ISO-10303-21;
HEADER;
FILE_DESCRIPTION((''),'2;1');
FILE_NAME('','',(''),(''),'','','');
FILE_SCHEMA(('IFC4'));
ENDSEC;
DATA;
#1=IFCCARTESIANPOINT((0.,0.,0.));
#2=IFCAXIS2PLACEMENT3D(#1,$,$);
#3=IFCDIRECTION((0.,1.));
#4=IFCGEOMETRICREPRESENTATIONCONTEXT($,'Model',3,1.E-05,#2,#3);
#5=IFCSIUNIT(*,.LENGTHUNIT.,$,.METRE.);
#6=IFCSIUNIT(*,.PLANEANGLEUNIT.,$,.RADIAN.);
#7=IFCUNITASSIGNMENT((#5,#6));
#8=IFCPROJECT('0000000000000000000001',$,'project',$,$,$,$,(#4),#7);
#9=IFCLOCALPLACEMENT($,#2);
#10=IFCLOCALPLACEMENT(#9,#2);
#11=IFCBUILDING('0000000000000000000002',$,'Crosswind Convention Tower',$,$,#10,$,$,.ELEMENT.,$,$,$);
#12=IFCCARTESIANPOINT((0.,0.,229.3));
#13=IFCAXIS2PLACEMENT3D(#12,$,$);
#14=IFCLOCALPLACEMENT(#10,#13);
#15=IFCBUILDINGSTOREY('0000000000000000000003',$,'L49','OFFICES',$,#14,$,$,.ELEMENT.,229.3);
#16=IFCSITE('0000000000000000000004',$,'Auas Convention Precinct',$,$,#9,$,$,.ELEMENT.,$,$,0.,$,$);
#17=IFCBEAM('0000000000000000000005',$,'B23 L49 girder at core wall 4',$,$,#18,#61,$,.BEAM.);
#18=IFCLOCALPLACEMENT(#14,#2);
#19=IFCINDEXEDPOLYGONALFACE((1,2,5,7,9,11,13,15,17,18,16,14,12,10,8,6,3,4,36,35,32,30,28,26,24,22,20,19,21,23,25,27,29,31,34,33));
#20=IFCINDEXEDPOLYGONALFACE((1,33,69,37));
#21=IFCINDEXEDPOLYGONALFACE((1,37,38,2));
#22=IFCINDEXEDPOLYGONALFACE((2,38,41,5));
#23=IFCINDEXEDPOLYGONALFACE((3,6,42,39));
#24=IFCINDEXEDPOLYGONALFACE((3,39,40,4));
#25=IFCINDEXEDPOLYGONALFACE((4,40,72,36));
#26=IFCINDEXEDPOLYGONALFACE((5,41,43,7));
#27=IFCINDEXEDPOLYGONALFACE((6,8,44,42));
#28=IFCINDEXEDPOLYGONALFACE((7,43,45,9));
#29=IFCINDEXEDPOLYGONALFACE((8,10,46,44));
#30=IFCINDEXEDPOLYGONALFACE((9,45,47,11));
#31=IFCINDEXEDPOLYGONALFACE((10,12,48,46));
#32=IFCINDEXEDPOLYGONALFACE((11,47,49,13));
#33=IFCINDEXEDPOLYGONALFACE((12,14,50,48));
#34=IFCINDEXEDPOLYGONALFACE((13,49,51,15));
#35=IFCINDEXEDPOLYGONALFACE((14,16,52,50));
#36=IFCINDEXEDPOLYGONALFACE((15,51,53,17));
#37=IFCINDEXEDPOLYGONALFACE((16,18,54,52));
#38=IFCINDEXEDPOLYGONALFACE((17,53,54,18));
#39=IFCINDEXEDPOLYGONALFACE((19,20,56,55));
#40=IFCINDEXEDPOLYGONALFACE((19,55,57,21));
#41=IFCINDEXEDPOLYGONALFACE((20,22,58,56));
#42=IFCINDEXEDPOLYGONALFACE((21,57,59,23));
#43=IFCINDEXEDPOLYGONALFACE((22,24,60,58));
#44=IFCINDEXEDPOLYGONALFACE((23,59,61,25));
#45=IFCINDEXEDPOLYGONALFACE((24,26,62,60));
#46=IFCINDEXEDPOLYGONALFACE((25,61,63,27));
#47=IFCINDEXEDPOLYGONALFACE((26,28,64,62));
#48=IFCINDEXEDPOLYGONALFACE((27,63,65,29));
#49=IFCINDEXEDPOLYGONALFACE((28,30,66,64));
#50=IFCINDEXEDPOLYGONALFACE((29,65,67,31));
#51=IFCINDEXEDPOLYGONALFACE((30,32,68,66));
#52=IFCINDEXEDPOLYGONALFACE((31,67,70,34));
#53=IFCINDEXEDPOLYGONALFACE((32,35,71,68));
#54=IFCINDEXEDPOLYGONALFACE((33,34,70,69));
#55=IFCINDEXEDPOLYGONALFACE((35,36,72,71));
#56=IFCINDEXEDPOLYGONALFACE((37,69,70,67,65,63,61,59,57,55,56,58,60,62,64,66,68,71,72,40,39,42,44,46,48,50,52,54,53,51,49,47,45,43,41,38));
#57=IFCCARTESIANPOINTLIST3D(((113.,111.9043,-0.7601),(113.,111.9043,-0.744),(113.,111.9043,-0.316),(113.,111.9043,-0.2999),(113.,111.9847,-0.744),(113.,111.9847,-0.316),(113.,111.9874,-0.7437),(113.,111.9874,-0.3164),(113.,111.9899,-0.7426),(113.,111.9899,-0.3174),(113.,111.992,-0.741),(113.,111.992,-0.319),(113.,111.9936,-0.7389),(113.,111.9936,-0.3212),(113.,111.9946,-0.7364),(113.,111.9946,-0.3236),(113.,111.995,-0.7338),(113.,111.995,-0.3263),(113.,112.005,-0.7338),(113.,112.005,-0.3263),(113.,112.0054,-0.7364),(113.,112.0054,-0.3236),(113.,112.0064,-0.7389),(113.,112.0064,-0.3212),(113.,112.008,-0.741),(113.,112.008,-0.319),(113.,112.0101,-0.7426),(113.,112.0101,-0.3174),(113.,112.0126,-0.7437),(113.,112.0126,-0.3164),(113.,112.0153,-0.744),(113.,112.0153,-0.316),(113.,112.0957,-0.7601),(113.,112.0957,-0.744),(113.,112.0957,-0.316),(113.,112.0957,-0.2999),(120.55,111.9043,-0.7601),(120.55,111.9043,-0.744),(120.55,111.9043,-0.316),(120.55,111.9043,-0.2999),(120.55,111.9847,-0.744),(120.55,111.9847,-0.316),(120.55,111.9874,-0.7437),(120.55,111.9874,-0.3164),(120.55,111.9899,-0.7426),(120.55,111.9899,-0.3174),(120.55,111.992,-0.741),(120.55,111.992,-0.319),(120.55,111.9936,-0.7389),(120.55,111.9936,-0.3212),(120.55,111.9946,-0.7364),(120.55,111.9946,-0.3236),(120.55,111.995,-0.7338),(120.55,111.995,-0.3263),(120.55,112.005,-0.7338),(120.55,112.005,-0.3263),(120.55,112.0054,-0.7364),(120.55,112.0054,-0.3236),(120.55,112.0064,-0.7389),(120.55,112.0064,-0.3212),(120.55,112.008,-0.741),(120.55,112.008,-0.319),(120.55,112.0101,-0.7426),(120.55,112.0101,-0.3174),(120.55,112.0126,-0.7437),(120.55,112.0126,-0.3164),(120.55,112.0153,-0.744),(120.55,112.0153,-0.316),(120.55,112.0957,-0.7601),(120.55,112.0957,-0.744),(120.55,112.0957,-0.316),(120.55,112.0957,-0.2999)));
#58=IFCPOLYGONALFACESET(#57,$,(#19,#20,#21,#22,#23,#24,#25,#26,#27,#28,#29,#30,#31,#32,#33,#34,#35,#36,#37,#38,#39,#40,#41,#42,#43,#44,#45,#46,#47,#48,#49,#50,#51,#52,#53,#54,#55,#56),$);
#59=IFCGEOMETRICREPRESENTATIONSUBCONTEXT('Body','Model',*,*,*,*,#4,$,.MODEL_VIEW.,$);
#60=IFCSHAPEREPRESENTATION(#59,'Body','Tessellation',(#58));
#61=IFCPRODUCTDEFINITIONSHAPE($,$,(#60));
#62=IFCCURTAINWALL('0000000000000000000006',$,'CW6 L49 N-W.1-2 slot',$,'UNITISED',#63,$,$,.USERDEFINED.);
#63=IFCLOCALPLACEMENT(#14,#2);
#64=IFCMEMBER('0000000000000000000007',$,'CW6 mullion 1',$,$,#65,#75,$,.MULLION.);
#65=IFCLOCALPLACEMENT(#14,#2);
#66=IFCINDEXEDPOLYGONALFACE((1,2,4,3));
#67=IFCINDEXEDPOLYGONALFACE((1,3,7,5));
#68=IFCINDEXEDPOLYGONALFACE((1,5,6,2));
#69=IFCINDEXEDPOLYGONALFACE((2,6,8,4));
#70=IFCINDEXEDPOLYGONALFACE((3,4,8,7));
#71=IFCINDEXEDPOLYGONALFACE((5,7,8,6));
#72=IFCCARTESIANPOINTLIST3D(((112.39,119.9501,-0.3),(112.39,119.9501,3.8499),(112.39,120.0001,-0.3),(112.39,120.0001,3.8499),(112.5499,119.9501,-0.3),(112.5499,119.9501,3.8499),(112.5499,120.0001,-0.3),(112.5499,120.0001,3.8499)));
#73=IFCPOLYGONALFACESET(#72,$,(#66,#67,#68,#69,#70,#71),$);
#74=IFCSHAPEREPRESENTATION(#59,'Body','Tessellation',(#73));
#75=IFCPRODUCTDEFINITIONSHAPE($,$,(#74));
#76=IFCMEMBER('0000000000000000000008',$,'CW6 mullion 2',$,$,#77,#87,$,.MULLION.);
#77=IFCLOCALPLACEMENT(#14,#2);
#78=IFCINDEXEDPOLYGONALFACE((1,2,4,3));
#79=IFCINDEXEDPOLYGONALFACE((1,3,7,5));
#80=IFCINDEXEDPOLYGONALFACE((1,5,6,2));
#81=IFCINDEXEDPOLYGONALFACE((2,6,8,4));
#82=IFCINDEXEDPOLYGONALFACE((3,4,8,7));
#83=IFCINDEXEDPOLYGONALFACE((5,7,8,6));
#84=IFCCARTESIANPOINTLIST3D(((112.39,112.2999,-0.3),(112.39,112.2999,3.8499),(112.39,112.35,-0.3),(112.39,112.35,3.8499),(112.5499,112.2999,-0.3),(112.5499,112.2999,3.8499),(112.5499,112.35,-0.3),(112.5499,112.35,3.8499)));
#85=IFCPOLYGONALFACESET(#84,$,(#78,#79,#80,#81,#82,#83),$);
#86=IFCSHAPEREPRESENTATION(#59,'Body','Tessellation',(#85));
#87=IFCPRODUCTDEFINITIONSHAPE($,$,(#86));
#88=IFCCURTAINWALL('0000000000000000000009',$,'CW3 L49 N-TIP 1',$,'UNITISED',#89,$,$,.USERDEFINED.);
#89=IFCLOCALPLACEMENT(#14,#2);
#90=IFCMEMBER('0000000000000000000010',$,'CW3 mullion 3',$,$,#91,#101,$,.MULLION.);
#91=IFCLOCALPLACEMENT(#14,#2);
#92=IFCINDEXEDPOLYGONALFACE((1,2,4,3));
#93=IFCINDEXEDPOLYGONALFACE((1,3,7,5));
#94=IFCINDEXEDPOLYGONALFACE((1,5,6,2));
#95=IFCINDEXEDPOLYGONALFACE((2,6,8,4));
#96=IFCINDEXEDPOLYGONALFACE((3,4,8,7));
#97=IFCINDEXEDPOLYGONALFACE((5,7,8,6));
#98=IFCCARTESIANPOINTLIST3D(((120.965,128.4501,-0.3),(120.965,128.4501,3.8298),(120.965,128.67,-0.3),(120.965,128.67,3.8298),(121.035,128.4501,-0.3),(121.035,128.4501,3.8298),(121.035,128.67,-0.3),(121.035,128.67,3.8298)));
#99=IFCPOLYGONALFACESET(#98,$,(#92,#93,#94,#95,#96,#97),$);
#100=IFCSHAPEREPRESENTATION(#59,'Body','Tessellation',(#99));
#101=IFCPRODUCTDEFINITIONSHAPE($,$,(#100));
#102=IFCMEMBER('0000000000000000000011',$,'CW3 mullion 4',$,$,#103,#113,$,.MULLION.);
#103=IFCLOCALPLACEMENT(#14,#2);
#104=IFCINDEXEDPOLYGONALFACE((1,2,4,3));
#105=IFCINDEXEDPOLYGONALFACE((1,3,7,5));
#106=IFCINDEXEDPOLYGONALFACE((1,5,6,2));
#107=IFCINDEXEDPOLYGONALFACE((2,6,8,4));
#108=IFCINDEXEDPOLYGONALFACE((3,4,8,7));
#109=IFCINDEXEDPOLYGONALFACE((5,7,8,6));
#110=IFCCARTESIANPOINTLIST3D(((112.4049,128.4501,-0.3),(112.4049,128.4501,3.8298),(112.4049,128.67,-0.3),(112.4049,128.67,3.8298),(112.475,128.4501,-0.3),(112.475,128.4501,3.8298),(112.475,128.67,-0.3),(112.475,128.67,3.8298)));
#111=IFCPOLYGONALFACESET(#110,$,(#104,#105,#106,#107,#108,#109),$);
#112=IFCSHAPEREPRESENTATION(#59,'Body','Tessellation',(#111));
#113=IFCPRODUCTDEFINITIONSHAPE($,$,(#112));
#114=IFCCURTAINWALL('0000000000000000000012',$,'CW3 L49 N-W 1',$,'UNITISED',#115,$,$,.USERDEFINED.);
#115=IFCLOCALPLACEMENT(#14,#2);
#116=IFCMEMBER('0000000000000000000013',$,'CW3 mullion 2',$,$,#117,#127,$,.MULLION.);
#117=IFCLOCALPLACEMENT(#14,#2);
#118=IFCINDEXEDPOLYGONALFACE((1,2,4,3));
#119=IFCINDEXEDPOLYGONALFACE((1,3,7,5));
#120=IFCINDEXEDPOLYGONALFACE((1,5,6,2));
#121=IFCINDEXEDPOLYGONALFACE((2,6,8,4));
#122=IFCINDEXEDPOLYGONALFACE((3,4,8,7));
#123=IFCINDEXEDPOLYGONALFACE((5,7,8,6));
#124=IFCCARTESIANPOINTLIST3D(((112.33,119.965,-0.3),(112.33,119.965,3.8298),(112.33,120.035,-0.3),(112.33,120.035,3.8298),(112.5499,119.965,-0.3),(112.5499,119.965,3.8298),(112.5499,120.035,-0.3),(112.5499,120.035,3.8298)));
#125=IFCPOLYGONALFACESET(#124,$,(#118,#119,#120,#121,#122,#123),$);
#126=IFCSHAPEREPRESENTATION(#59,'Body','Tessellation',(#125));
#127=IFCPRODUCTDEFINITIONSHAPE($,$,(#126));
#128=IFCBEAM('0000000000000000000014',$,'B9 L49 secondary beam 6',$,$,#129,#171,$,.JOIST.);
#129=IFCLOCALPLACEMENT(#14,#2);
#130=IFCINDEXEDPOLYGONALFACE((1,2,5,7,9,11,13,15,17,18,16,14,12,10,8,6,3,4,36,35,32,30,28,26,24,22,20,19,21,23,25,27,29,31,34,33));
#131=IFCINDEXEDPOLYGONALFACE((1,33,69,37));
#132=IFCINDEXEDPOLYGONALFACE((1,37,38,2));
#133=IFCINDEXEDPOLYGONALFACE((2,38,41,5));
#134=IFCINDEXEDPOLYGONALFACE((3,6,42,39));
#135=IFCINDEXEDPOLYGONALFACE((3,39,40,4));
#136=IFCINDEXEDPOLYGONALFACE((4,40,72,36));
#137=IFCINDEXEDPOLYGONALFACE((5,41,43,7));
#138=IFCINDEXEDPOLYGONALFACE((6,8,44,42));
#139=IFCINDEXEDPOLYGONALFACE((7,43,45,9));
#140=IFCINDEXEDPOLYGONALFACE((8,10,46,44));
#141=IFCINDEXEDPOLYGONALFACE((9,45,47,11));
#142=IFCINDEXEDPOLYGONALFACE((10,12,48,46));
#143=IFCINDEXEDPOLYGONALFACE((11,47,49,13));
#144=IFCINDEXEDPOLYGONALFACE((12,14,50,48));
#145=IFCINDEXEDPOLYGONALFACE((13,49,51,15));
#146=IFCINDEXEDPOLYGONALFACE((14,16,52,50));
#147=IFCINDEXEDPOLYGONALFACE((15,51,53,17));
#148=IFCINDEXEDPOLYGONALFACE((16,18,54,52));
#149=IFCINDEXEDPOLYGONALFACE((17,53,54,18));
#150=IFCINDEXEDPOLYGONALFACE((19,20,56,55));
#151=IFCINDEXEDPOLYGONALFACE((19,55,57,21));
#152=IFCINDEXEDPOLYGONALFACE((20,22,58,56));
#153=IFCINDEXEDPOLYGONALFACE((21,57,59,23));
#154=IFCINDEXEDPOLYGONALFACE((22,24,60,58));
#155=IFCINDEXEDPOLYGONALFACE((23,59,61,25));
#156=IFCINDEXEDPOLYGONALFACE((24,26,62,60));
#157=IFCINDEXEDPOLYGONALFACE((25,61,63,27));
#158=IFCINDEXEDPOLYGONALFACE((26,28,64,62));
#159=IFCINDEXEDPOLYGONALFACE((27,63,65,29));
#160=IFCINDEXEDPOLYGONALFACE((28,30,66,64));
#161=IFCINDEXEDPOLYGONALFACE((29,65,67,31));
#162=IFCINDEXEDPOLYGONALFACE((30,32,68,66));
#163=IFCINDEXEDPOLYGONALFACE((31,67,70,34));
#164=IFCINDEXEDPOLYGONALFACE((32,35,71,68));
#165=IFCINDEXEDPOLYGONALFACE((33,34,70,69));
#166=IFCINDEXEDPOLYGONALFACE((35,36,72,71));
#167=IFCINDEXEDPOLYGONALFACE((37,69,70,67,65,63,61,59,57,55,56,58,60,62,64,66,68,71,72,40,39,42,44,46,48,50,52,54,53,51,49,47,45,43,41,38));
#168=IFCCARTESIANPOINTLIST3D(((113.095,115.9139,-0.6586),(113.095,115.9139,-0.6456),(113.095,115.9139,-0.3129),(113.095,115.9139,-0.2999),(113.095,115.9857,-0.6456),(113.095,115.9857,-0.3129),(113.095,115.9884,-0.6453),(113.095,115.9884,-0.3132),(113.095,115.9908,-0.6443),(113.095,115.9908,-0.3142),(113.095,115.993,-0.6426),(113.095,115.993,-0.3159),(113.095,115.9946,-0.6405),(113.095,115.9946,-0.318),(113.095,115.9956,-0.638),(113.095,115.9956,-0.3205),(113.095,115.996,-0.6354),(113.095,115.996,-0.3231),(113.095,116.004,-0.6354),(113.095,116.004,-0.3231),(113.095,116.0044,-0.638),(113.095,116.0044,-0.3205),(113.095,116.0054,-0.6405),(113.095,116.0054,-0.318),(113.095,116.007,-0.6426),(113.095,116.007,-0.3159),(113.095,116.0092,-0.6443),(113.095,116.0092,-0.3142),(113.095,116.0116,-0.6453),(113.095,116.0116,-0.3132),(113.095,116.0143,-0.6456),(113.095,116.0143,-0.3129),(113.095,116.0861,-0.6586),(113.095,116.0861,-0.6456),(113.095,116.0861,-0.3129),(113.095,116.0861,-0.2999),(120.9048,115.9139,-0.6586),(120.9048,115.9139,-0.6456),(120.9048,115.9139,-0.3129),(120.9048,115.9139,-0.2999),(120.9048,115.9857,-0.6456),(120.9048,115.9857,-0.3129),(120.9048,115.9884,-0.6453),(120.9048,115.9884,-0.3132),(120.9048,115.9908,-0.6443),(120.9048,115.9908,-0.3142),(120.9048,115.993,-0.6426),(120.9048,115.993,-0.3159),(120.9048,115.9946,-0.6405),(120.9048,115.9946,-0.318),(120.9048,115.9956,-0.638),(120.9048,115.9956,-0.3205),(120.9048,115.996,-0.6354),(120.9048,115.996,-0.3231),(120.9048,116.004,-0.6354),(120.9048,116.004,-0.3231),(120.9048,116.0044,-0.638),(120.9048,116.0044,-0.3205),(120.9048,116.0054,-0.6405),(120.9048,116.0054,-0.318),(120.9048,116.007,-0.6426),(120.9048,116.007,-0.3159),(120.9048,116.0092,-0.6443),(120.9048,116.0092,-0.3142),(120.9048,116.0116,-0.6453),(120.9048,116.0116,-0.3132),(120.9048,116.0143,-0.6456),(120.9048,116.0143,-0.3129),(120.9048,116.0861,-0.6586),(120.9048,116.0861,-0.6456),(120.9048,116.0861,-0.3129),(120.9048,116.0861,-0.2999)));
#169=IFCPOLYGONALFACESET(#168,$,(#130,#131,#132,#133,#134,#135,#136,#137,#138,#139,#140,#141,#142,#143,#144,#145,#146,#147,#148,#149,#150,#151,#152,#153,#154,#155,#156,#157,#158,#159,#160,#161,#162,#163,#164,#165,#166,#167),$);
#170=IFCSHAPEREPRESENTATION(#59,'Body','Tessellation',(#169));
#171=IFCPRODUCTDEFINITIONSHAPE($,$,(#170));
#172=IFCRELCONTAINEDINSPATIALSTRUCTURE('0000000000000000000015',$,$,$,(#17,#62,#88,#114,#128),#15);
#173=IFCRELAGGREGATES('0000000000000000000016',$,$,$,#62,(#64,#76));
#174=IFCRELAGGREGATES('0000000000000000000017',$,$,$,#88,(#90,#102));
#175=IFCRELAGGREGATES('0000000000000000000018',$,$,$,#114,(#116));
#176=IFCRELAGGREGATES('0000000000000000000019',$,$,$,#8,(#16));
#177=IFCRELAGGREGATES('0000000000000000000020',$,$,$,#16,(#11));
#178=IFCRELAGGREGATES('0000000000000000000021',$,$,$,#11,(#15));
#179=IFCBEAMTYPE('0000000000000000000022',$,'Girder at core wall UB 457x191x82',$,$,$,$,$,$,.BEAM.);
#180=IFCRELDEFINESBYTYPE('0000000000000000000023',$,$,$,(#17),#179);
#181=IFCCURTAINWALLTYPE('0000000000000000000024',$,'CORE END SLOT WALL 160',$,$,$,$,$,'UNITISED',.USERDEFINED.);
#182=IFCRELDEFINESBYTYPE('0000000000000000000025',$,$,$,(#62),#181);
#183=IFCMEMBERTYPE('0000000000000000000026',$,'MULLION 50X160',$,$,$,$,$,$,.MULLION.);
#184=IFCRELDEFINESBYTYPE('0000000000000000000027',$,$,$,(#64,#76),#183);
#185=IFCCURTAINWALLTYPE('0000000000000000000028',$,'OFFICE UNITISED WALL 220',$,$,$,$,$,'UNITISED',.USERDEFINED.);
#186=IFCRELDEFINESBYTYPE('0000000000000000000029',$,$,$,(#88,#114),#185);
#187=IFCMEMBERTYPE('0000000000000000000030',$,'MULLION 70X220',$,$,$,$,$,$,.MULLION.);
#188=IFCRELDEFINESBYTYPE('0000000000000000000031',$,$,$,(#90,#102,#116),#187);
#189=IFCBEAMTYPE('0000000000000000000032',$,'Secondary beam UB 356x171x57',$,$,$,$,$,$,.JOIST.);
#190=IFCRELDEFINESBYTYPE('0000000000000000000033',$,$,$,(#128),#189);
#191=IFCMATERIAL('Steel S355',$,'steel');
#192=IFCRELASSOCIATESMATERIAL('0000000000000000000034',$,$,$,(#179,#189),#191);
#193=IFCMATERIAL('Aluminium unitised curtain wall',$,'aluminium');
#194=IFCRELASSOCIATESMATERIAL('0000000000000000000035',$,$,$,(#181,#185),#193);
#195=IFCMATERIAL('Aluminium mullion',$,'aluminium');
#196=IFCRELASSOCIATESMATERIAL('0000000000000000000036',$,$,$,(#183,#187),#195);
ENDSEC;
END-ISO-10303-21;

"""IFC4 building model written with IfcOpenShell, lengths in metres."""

from ifc_helpers import new_model, si_unit, direction, frame, origin, origin_2d, place, context, subcontext, project, spatial, rectangle, i_section, extrude, material, material_profile, profile_set, type_object, element, aggregate, save


model = new_model("IFC4")

# Units and contexts
model_context = context("Model", 3, precision=1e-05, world=origin(), true_north=direction((0.0, 1.0)))
body_context = subcontext(model_context, "Body", "Model", "MODEL_VIEW")
ifc_project = project(units=[si_unit("LENGTHUNIT", "METRE"), si_unit("PLANEANGLEUNIT", "RADIAN")], contexts=[model_context])

# Site, building, storey
site_placement = place(None, origin())
site = spatial("IfcSite", under=ifc_project, at=site_placement, Name="Auas Convention Precinct", CompositionType="ELEMENT", RefElevation=0.0)
building_placement = place(site_placement, origin())
building = spatial("IfcBuilding", under=site, at=building_placement, Name="Crosswind Convention Tower", CompositionType="ELEMENT")
storey_placement = place(building_placement, frame((0.0, 0.0, 229.3)))
storey = spatial("IfcBuildingStorey", under=building, at=storey_placement, Name="L49", Description="OFFICES", CompositionType="ELEMENT", Elevation=229.3)

# Beam
ifc_material_1 = material(Name="Steel S355", Category="steel")
ifc_material_profile_1 = material_profile(ifc_material_1, i_section(OverallWidth=0.1914, OverallDepth=0.4602, WebThickness=0.01, FlangeThickness=0.0161, FilletRadius=0.0103, at=origin_2d()), Name="UB 457x191x82")
ifc_profile_set_1 = profile_set([ifc_material_profile_1], Name="Steel S355")
beam_type_1 = type_object("IfcBeamType", Name="Girder at core wall UB 457x191x82", PredefinedType="BEAM", material=ifc_profile_set_1)
beam_1_placement = place(storey_placement, frame((113.0, 112.0, -0.53), z_axis=(1.0, 0.0, 0.0), x_axis=(0.0, 1.0, 0.0)))
element("IfcBeam", 1, at=beam_1_placement, inside=storey, type_object=beam_type_1, Name="B23 L49 girder at core wall 4", PredefinedType="BEAM", context=body_context, shape_type="SweptSolid", body=[
    extrude(i_section(OverallWidth=0.1914, OverallDepth=0.4602, WebThickness=0.01, FlangeThickness=0.0161, FilletRadius=0.0103, at=origin_2d()), origin(), (0.0, 0.0, 1.0), 7.55),
])

# Curtain walls, members
ifc_material_2 = material(Name="Aluminium unitised curtain wall", Category="aluminium")
curtain_wall_type_1 = type_object("IfcCurtainWallType", Name="CORE END SLOT WALL 160", ElementType="UNITISED", PredefinedType="USERDEFINED", material=ifc_material_2)
curtain_wall_1_placement = place(storey_placement, origin())
curtain_wall_1 = element("IfcCurtainWall", 2, at=curtain_wall_1_placement, inside=storey, type_object=curtain_wall_type_1, Name="CW6 L49 N-W.1-2 slot", ObjectType="UNITISED", PredefinedType="USERDEFINED")
ifc_material_3 = material(Name="Aluminium mullion", Category="aluminium")
ifc_material_profile_2 = material_profile(ifc_material_3, rectangle(XDim=0.1599, YDim=0.05, at=origin_2d()), Name="AL 160X50")
ifc_profile_set_2 = profile_set([ifc_material_profile_2], Name="Aluminium mullion")
member_type_1 = type_object("IfcMemberType", Name="MULLION 50X160", PredefinedType="MULLION", material=ifc_profile_set_2)
member_1_placement = place(storey_placement, frame((112.47, 119.9751, -0.3), z_axis=(0.0, 0.0, 1.0), x_axis=(-1.0, 0.0, 0.0)))
member_1 = element("IfcMember", 3, at=member_1_placement, type_object=member_type_1, Name="CW6 mullion 1", PredefinedType="MULLION", context=body_context, shape_type="SweptSolid", body=[
    extrude(rectangle(XDim=0.1599, YDim=0.05, at=origin_2d()), origin(), (0.0, 0.0, 1.0), 4.1499),
])
member_2_placement = place(storey_placement, frame((112.47, 112.325, -0.3), z_axis=(0.0, 0.0, 1.0), x_axis=(-1.0, 0.0, 0.0)))
member_2 = element("IfcMember", 4, at=member_2_placement, type_object=member_type_1, Name="CW6 mullion 2", PredefinedType="MULLION", context=body_context, shape_type="SweptSolid", body=[
    extrude(rectangle(XDim=0.1599, YDim=0.05, at=origin_2d()), origin(), (0.0, 0.0, 1.0), 4.1499),
])
curtain_wall_type_2 = type_object("IfcCurtainWallType", Name="OFFICE UNITISED WALL 220", ElementType="UNITISED", PredefinedType="USERDEFINED", material=ifc_material_2)
curtain_wall_2_placement = place(storey_placement, origin())
curtain_wall_2 = element("IfcCurtainWall", 5, at=curtain_wall_2_placement, inside=storey, type_object=curtain_wall_type_2, Name="CW3 L49 N-TIP 1", ObjectType="UNITISED", PredefinedType="USERDEFINED")
ifc_material_profile_3 = material_profile(ifc_material_3, rectangle(XDim=0.22, YDim=0.0701, at=origin_2d()), Name="AL 220X70")
ifc_profile_set_3 = profile_set([ifc_material_profile_3], Name="Aluminium mullion")
member_type_2 = type_object("IfcMemberType", Name="MULLION 70X220", PredefinedType="MULLION", material=ifc_profile_set_3)
member_3_placement = place(storey_placement, frame((121.0, 128.5601, -0.3), z_axis=(0.0, 0.0, 1.0), x_axis=(0.0, 1.0, 0.0)))
member_3 = element("IfcMember", 6, at=member_3_placement, type_object=member_type_2, Name="CW3 mullion 3", PredefinedType="MULLION", context=body_context, shape_type="SweptSolid", body=[
    extrude(rectangle(XDim=0.22, YDim=0.0701, at=origin_2d()), origin(), (0.0, 0.0, 1.0), 4.1299),
])
member_4_placement = place(storey_placement, frame((112.4399, 128.5601, -0.3), z_axis=(0.0, 0.0, 1.0), x_axis=(0.0, 1.0, 0.0)))
member_4 = element("IfcMember", 7, at=member_4_placement, type_object=member_type_2, Name="CW3 mullion 4", PredefinedType="MULLION", context=body_context, shape_type="SweptSolid", body=[
    extrude(rectangle(XDim=0.22, YDim=0.0701, at=origin_2d()), origin(), (0.0, 0.0, 1.0), 4.1299),
])

# Curtain wall, member
curtain_wall_3_placement = place(storey_placement, origin())
curtain_wall_3 = element("IfcCurtainWall", 8, at=curtain_wall_3_placement, inside=storey, type_object=curtain_wall_type_2, Name="CW3 L49 N-W 1", ObjectType="UNITISED", PredefinedType="USERDEFINED")
member_5_placement = place(storey_placement, frame((112.4399, 120.0, -0.3), z_axis=(0.0, 0.0, 1.0), x_axis=(-1.0, 0.0, 0.0)))
member_5 = element("IfcMember", 9, at=member_5_placement, type_object=member_type_2, Name="CW3 mullion 2", PredefinedType="MULLION", context=body_context, shape_type="SweptSolid", body=[
    extrude(rectangle(XDim=0.22, YDim=0.0701, at=origin_2d()), origin(), (0.0, 0.0, 1.0), 4.1299),
])

# Beam
ifc_material_profile_4 = material_profile(ifc_material_1, i_section(OverallWidth=0.1721, OverallDepth=0.3586, WebThickness=0.0081, FlangeThickness=0.0129, FilletRadius=0.0103, at=origin_2d()), Name="UB 356x171x57")
ifc_profile_set_4 = profile_set([ifc_material_profile_4], Name="Steel S355")
beam_type_2 = type_object("IfcBeamType", Name="Secondary beam UB 356x171x57", PredefinedType="JOIST", material=ifc_profile_set_4)
for number, where, z_axis, x_axis, name in (
    (10, (113.095, 116.0, -0.4792), (1.0, 0.0, 0.0), (0.0, 1.0, 0.0), "B9 L49 secondary beam 6"),
):
    element("IfcBeam", number, at=place(storey_placement, frame(where, z_axis=z_axis, x_axis=x_axis)), inside=storey, type_object=beam_type_2, Name=name, PredefinedType="JOIST", context=body_context, shape_type="SweptSolid", body=[
        extrude(i_section(OverallWidth=0.1721, OverallDepth=0.3586, WebThickness=0.0081, FlangeThickness=0.0129, FilletRadius=0.0103, at=origin_2d()), origin(), (0.0, 0.0, 1.0), 7.8098),
    ])

aggregate(curtain_wall_1, [member_1, member_2])
aggregate(curtain_wall_2, [member_3, member_4])

aggregate(curtain_wall_3, [member_5])

save(model, "model.ifc")
